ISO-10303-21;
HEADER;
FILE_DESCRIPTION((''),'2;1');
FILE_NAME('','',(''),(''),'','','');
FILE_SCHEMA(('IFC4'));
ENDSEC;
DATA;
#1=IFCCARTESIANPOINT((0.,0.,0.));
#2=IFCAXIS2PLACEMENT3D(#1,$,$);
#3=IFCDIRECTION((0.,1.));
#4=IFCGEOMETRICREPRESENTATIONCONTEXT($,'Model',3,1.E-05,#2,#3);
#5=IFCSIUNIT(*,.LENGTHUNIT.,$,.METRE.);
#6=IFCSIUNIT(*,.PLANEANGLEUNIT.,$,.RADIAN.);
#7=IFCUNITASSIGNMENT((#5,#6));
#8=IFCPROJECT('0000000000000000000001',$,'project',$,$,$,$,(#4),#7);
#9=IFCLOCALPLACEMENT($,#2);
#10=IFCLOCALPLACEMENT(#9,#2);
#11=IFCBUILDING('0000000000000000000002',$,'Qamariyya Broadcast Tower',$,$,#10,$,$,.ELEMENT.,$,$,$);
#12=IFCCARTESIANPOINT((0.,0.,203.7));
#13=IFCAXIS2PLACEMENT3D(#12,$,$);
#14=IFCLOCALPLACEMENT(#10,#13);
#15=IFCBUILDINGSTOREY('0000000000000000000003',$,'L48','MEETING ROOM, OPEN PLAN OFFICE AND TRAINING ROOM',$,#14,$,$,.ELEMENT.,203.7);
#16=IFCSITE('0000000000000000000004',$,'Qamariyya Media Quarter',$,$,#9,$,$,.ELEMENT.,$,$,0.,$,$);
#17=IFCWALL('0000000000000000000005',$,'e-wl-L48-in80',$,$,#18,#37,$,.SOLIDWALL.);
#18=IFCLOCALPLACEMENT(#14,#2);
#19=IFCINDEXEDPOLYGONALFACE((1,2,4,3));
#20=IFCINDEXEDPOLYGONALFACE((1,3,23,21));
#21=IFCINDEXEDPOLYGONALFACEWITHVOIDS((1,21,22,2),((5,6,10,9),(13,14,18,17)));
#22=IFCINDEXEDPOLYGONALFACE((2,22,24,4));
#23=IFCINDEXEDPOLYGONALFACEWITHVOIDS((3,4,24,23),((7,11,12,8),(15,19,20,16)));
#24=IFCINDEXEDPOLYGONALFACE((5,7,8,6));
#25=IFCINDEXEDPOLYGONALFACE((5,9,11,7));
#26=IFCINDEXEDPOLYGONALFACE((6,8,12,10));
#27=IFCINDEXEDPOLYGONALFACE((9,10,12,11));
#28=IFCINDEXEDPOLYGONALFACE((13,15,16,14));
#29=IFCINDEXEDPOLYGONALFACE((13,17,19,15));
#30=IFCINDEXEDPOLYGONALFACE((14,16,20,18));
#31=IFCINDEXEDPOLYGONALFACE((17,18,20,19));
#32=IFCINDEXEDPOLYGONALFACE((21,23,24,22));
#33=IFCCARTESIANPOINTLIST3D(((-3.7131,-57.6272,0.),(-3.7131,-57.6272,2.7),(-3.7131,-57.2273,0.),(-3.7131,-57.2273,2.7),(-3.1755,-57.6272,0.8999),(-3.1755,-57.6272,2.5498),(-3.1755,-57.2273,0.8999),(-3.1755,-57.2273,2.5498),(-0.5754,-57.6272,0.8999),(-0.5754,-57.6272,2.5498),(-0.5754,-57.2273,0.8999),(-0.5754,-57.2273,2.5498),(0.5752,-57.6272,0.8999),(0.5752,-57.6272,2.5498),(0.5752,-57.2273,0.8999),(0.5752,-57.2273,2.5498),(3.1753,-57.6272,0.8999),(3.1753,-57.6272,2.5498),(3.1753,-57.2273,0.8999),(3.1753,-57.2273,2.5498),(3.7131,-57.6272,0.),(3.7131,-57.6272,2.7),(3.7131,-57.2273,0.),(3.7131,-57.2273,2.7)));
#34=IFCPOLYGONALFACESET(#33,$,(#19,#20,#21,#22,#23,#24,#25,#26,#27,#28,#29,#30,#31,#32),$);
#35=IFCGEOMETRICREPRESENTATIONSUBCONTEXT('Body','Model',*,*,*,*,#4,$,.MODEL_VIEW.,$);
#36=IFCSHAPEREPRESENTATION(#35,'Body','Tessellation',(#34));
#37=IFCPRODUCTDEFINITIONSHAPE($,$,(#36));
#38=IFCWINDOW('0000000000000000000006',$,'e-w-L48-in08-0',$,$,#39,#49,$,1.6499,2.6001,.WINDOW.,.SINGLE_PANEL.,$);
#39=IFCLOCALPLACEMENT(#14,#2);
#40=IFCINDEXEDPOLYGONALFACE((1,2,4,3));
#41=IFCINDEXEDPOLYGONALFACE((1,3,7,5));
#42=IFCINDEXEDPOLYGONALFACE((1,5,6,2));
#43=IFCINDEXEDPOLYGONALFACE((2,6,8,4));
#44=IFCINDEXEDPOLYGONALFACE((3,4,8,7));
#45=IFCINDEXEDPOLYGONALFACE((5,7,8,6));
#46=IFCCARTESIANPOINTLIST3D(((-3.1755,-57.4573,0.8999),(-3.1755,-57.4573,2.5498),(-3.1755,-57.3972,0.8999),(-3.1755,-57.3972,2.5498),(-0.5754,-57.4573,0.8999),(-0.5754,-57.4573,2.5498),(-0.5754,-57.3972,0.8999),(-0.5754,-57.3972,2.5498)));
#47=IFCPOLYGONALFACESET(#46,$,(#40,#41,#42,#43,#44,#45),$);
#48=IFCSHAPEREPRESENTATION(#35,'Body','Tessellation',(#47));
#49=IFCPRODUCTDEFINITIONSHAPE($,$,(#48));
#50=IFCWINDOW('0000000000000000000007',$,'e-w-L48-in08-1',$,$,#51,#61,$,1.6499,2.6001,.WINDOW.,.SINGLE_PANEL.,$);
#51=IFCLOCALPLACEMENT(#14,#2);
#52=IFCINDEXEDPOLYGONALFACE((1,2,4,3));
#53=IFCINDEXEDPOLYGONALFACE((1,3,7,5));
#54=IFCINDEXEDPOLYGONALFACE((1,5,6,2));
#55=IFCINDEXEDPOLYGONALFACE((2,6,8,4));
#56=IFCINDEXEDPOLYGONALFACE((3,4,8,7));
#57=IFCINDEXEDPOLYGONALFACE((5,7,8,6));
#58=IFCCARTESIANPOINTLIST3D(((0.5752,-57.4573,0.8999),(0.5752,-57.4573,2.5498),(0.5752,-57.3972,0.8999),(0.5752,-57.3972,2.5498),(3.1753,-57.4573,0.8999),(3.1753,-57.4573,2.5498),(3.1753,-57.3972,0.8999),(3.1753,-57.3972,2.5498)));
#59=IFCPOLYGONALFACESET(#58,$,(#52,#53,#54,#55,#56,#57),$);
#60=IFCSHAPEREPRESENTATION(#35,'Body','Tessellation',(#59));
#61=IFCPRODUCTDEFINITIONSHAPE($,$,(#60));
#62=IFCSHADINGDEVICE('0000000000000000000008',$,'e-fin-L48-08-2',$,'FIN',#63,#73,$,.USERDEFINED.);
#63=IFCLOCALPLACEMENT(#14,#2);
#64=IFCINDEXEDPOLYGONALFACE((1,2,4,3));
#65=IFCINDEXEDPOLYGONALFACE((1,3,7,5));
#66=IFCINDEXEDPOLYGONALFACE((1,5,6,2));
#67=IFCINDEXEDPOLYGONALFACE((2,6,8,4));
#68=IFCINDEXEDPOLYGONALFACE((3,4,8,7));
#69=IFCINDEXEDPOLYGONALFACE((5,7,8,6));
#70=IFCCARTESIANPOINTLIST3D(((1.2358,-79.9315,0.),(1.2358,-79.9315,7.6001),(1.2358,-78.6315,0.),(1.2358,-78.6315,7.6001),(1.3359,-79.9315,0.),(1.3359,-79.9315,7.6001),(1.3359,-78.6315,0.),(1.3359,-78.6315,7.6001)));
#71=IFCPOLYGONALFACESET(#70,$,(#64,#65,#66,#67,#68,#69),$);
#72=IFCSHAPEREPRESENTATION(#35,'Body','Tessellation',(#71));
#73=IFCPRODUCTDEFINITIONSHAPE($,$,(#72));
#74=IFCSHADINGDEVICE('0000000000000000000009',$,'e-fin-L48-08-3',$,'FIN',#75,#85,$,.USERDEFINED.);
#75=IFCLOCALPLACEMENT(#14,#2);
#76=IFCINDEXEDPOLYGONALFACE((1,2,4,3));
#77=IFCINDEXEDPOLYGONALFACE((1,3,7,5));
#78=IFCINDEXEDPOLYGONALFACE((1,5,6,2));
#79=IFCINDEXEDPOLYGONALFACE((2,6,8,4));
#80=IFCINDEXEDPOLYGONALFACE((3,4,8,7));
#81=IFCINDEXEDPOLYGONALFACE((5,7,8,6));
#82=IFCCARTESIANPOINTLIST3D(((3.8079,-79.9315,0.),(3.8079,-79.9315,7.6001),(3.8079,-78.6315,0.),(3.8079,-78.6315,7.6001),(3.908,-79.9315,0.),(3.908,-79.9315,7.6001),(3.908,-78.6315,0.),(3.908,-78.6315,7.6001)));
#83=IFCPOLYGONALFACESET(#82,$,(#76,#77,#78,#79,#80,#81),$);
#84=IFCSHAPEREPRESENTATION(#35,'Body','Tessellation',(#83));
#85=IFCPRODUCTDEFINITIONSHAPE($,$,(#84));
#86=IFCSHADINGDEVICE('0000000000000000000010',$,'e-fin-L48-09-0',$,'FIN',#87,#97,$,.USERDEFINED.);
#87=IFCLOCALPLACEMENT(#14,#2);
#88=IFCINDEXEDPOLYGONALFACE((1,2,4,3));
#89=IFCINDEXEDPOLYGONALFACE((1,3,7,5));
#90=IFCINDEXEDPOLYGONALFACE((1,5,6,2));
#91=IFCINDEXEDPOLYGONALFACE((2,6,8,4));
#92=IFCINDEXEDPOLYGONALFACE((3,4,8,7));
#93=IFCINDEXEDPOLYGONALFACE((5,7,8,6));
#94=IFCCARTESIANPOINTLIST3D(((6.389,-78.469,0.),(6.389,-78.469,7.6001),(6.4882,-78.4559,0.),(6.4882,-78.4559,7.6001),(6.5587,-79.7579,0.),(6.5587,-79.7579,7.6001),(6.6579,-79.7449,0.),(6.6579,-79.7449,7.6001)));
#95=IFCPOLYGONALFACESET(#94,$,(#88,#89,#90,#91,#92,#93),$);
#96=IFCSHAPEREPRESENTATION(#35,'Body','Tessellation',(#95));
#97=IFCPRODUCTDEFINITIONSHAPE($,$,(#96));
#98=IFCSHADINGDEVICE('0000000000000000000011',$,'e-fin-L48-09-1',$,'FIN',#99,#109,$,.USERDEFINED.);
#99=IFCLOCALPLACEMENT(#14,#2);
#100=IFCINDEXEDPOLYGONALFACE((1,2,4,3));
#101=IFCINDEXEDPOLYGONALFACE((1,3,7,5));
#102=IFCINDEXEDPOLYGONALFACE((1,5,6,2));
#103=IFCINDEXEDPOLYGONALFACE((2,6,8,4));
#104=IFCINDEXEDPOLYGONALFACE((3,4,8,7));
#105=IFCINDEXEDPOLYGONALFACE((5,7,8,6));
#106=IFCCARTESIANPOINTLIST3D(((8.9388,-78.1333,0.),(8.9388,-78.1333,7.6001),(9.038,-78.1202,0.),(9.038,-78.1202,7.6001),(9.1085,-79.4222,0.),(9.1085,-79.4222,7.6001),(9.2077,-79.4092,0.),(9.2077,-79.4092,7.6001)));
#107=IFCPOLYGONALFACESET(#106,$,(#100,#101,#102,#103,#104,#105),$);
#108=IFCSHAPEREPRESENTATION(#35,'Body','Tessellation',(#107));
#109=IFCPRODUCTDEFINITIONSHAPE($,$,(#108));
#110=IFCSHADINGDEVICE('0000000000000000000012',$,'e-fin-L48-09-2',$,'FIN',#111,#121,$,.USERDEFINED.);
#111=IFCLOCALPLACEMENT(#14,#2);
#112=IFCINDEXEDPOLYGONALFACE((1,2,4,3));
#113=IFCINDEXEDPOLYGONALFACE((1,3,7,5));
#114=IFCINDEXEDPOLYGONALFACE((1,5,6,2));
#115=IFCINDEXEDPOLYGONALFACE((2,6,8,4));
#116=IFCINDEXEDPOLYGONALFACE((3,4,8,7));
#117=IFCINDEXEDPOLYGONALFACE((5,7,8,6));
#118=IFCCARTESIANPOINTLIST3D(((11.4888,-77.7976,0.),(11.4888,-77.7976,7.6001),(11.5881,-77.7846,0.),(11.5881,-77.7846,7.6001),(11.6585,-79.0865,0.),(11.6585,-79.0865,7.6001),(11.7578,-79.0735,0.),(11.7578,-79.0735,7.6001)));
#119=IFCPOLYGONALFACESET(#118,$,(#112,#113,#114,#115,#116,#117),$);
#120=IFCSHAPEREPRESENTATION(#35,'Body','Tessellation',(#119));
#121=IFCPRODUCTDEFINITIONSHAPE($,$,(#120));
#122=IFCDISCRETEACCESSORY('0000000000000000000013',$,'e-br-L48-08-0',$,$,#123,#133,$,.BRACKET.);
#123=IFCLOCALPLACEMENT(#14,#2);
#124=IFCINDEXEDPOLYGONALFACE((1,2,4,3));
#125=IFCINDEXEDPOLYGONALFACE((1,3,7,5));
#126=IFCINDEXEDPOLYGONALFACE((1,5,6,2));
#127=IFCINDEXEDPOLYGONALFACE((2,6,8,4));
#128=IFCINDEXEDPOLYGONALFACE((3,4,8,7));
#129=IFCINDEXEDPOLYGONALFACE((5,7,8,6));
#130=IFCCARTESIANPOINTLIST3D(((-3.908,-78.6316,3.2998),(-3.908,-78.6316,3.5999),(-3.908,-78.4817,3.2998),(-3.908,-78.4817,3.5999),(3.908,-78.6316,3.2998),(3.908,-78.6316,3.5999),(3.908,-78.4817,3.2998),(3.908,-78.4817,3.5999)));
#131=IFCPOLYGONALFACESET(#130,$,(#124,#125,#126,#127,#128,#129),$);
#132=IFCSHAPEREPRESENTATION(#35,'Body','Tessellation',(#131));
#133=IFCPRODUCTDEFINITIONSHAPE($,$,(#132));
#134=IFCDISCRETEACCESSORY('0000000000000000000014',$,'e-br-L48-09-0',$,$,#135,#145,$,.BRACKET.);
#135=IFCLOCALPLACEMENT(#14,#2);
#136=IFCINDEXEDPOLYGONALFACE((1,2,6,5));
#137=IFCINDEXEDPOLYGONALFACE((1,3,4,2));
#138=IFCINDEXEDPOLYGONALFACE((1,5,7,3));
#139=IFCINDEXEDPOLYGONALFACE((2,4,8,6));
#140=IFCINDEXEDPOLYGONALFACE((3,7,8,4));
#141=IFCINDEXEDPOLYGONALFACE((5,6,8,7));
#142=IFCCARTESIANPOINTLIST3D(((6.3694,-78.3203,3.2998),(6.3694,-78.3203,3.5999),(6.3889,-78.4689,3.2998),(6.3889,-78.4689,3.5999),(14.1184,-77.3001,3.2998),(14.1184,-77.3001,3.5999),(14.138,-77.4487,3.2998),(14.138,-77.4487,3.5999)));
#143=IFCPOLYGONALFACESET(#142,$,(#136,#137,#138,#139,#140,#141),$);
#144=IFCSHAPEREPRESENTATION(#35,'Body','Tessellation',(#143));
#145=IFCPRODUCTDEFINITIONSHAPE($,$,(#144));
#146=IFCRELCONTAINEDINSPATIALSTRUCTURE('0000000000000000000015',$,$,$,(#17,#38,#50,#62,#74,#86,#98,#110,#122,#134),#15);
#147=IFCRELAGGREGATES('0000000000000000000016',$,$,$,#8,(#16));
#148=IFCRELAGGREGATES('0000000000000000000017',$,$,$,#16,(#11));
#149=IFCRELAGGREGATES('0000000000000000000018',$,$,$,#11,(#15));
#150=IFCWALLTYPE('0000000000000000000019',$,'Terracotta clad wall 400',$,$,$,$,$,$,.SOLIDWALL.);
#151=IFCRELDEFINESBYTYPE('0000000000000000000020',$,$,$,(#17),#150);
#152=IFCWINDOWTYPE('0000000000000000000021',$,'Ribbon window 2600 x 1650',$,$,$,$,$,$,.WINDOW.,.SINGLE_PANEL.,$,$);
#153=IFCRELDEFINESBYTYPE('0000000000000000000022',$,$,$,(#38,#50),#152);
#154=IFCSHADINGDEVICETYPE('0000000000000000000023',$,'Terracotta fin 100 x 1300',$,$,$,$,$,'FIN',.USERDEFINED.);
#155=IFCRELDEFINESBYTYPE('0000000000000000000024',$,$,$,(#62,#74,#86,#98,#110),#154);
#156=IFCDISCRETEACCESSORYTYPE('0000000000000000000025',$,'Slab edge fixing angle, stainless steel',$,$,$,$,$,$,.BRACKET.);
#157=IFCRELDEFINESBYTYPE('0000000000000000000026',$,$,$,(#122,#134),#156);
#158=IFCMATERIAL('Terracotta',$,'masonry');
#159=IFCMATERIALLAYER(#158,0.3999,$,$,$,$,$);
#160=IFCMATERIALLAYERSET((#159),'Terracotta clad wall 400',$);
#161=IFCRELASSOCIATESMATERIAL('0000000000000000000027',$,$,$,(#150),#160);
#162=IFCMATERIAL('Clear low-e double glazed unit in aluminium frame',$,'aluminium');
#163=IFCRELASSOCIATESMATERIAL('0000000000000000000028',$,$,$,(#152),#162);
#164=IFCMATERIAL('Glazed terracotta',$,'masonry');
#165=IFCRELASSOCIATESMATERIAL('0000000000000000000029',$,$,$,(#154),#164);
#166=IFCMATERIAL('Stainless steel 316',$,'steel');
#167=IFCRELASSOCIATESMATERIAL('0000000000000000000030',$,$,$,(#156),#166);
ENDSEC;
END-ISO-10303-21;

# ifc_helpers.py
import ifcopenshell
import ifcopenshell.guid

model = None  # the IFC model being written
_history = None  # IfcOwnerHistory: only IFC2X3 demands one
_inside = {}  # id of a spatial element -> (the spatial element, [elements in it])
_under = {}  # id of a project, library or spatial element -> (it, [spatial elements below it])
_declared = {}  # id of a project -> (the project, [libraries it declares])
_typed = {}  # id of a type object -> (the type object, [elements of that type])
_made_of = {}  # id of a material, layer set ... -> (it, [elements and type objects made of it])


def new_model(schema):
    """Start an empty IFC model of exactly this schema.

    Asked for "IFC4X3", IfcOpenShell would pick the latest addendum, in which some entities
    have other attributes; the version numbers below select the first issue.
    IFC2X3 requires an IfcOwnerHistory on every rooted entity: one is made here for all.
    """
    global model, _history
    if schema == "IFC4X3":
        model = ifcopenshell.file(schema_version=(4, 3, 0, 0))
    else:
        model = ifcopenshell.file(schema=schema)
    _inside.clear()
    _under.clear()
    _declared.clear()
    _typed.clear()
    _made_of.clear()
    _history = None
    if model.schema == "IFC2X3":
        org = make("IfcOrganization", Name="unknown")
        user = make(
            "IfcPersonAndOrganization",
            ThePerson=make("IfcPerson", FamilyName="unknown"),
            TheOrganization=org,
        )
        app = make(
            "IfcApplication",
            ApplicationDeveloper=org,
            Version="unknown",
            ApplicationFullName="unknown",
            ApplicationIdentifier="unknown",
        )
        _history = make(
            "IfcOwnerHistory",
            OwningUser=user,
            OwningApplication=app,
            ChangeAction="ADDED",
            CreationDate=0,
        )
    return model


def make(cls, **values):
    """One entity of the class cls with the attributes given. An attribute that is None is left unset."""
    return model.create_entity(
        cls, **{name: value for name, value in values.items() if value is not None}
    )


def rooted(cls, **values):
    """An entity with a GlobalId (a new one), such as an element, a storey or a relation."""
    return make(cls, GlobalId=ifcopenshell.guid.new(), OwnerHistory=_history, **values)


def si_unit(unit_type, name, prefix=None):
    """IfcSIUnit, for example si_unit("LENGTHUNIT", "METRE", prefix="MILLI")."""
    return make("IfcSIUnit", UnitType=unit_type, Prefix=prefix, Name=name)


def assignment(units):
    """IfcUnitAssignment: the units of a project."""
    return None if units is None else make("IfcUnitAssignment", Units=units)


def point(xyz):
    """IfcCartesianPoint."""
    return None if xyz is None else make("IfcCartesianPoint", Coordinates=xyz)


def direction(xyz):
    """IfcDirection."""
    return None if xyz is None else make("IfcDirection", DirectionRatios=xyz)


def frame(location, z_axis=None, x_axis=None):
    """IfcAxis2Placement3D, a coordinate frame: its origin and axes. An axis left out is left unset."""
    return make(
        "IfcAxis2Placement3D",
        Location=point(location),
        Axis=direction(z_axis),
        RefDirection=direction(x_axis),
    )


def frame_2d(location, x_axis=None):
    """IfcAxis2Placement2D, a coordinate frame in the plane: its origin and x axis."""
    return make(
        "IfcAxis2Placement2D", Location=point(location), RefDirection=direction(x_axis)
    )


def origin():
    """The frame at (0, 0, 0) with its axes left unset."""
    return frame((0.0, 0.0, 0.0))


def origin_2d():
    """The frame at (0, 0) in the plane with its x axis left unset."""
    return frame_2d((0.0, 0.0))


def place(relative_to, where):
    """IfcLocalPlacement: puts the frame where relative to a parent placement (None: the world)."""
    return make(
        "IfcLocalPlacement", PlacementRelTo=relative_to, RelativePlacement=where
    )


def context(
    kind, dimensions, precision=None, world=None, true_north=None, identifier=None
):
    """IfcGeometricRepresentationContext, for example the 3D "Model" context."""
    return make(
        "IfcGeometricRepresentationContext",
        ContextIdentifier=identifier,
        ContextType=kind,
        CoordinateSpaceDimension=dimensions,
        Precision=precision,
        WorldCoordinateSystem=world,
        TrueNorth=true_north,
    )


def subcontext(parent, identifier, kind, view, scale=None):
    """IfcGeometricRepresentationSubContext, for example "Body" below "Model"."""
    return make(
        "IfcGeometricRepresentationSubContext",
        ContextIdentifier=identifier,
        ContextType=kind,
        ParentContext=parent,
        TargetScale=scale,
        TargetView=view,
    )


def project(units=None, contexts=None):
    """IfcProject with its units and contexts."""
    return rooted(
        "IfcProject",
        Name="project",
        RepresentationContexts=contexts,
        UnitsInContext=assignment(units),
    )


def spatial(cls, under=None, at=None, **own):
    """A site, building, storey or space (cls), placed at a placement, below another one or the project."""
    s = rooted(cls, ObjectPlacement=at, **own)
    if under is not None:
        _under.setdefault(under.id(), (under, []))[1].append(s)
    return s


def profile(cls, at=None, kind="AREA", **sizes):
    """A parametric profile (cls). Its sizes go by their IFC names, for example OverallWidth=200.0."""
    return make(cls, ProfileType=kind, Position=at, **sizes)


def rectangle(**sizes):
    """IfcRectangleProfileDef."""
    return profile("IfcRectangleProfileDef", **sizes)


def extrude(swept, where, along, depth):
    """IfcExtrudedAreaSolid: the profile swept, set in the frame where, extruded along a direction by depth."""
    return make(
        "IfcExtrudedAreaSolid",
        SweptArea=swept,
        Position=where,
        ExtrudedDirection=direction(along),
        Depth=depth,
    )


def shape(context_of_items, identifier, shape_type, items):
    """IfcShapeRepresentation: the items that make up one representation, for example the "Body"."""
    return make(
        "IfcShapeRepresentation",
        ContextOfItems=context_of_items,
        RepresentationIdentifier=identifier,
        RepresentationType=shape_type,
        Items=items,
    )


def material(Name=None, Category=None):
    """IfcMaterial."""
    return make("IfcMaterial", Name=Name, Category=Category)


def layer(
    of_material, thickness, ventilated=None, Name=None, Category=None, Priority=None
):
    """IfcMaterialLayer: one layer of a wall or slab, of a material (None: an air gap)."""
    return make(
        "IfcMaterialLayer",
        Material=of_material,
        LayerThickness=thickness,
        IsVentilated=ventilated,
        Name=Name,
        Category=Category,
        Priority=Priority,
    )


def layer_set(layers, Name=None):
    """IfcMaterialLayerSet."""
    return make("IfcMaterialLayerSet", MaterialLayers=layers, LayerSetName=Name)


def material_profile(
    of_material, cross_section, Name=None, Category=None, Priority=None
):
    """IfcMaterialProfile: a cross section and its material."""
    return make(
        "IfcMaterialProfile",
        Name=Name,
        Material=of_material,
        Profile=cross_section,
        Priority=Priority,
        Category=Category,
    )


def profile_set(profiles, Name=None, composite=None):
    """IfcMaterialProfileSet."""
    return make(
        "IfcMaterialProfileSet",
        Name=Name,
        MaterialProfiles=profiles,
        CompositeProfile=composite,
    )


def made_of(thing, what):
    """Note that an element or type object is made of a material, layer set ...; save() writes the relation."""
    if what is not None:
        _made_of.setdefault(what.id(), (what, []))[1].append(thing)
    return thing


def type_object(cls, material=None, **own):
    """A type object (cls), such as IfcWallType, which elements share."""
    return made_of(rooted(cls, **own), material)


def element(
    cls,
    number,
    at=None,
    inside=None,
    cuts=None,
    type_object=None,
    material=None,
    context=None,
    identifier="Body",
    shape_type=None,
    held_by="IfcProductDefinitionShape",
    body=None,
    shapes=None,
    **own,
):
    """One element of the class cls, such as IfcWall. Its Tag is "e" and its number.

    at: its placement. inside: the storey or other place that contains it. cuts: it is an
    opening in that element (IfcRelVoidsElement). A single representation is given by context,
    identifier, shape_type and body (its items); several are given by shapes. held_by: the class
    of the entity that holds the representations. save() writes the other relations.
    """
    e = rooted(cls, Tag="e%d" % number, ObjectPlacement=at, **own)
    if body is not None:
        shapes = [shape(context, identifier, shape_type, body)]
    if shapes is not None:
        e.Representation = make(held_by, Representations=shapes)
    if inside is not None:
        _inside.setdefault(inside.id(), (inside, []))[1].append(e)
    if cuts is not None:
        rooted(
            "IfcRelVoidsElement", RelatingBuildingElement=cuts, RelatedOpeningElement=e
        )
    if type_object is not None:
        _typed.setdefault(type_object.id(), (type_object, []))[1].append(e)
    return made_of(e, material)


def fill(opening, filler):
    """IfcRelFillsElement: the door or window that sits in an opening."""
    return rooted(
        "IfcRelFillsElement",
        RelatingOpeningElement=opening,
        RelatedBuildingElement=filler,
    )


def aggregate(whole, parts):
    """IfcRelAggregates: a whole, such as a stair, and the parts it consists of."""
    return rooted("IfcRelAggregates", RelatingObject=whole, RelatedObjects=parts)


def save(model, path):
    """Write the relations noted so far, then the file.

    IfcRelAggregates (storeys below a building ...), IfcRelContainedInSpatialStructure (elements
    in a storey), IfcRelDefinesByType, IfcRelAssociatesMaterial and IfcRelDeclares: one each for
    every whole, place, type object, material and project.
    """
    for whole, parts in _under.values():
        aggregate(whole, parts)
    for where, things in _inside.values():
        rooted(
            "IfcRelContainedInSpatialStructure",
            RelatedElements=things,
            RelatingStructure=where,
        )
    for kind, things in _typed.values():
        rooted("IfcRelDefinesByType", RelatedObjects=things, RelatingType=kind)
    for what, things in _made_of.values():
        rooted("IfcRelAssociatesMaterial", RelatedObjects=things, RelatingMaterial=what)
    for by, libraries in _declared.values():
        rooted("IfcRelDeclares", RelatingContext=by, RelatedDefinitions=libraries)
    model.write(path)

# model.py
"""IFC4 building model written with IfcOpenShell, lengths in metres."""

from ifc_helpers import new_model, si_unit, direction, frame, frame_2d, origin, origin_2d, place, context, subcontext, project, spatial, rectangle, extrude, material, layer, layer_set, material_profile, profile_set, type_object, element, fill, save


model = new_model("IFC4")

# Units and contexts
model_context = context("Model", 3, precision=1e-05, world=origin(), true_north=direction((0.0, 1.0)))
body_context = subcontext(model_context, "Body", "Model", "MODEL_VIEW")
ifc_project = project(units=[si_unit("LENGTHUNIT", "METRE"), si_unit("PLANEANGLEUNIT", "RADIAN")], contexts=[model_context])

# Site, building, storey
site_placement = place(None, origin())
site = spatial("IfcSite", under=ifc_project, at=site_placement, Name="Qamariyya Media Quarter", CompositionType="ELEMENT", RefElevation=0.0)
building_placement = place(site_placement, origin())
building = spatial("IfcBuilding", under=site, at=building_placement, Name="Qamariyya Broadcast Tower", CompositionType="ELEMENT")
storey_placement = place(building_placement, frame((0.0, 0.0, 203.7)))
storey = spatial("IfcBuildingStorey", under=building, at=storey_placement, Name="L48", Description="MEETING ROOM, OPEN PLAN OFFICE AND TRAINING ROOM", CompositionType="ELEMENT", Elevation=203.7)

# Wall, openings, windows
ifc_material_1 = material(Name="Terracotta", Category="masonry")
ifc_layer_1 = layer(ifc_material_1, 0.3999)
ifc_layer_set_1 = layer_set([ifc_layer_1], Name="Terracotta clad wall 400")
wall_type_1 = type_object("IfcWallType", Name="Terracotta clad wall 400", PredefinedType="SOLIDWALL", material=ifc_layer_set_1)
wall_1_placement = place(storey_placement, frame((3.7131, -57.4272, 0.0), z_axis=(0.0, 0.0, 1.0), x_axis=(-1.0, 0.0, 0.0)))
wall_1 = element("IfcWall", 1, at=wall_1_placement, inside=storey, type_object=wall_type_1, Name="e-wl-L48-in80", PredefinedType="SOLIDWALL", context=body_context, shape_type="SweptSolid", body=[
    extrude(rectangle(XDim=7.4263, YDim=0.3999, at=frame_2d((3.7131, 0.0))), origin(), (0.0, 0.0, 1.0), 2.7),
])
opening_1_placement = place(wall_1_placement, frame((4.2886, 0.0, 0.8999)))
opening_1 = element("IfcOpeningElement", 2, at=opening_1_placement, cuts=wall_1, PredefinedType="OPENING", context=body_context, shape_type="SweptSolid", body=[
    extrude(rectangle(XDim=2.6001, YDim=1.6499, at=frame_2d((1.3, 0.825))), frame((0.0, 0.21, 0.0), z_axis=(0.0, -1.0, 0.0), x_axis=(1.0, 0.0, 0.0)), (0.0, 0.0, 1.0), 0.4199),
])
opening_2_placement = place(wall_1_placement, frame((0.5378, 0.0, 0.8999)))
opening_2 = element("IfcOpeningElement", 3, at=opening_2_placement, cuts=wall_1, PredefinedType="OPENING", context=body_context, shape_type="SweptSolid", body=[
    extrude(rectangle(XDim=2.6001, YDim=1.6499, at=frame_2d((1.3, 0.825))), frame((0.0, 0.21, 0.0), z_axis=(0.0, -1.0, 0.0), x_axis=(1.0, 0.0, 0.0)), (0.0, 0.0, 1.0), 0.4199),
])
ifc_material_2 = material(Name="Clear low-e double glazed unit in aluminium frame", Category="aluminium")
window_type = type_object("IfcWindowType", Name="Ribbon window 2600 x 1650", PartitioningType="SINGLE_PANEL", PredefinedType="WINDOW", material=ifc_material_2)
window_1_placement = place(opening_1_placement, origin())
window_1 = element("IfcWindow", 4, at=window_1_placement, inside=storey, type_object=window_type, Name="e-w-L48-in08-0", OverallHeight=1.6499, OverallWidth=2.6001, PartitioningType="SINGLE_PANEL", PredefinedType="WINDOW", context=body_context, shape_type="SweptSolid", body=[
    extrude(rectangle(XDim=2.6001, YDim=1.6499, at=frame_2d((1.3, 0.825))), frame((0.0, 0.03, 0.0), z_axis=(0.0, -1.0, 0.0), x_axis=(1.0, 0.0, 0.0)), (0.0, 0.0, 1.0), 0.0601),
])
fill(opening_1, window_1)
window_2_placement = place(opening_2_placement, origin())
window_2 = element("IfcWindow", 5, at=window_2_placement, inside=storey, type_object=window_type, Name="e-w-L48-in08-1", OverallHeight=1.6499, OverallWidth=2.6001, PartitioningType="SINGLE_PANEL", PredefinedType="WINDOW", context=body_context, shape_type="SweptSolid", body=[
    extrude(rectangle(XDim=2.6001, YDim=1.6499, at=frame_2d((1.3, 0.825))), frame((0.0, 0.03, 0.0), z_axis=(0.0, -1.0, 0.0), x_axis=(1.0, 0.0, 0.0)), (0.0, 0.0, 1.0), 0.0601),
])
fill(opening_2, window_2)

# Shading devices
ifc_material_3 = material(Name="Glazed terracotta", Category="masonry")
ifc_material_profile_1 = material_profile(ifc_material_3, rectangle(XDim=1.3, YDim=0.1001, at=origin_2d()))
ifc_profile_set_1 = profile_set([ifc_material_profile_1], Name="Glazed terracotta")
shading_device_type_1 = type_object("IfcShadingDeviceType", Name="Terracotta fin 100 x 1300", ElementType="FIN", PredefinedType="USERDEFINED", material=ifc_profile_set_1)
for number, where, z_axis, x_axis, name in (
    (6, (1.2859, -79.2815, 0.0), (0.0, 0.0, 1.0), (0.0, -1.0, 0.0), "e-fin-L48-08-2"),
    (7, (3.8579, -79.2815, 0.0), (0.0, 0.0, 1.0), (0.0, -1.0, 0.0), "e-fin-L48-08-3"),
    (8, (6.5234, -79.1069, 0.0), (0.0, 0.0, 1.0), (0.130526, -0.991445, 0.0), "e-fin-L48-09-0"),
    (9, (9.0732, -78.7712, 0.0), (0.0, 0.0, 1.0), (0.130526, -0.991445, 0.0), "e-fin-L48-09-1"),
    (10, (11.6233, -78.4355, 0.0), (0.0, 0.0, 1.0), (0.130526, -0.991445, 0.0), "e-fin-L48-09-2"),
):
    element("IfcShadingDevice", number, at=place(storey_placement, frame(where, z_axis=z_axis, x_axis=x_axis)), inside=storey, type_object=shading_device_type_1, Name=name, ObjectType="FIN", PredefinedType="USERDEFINED", context=body_context, shape_type="SweptSolid", body=[
        extrude(rectangle(XDim=1.3, YDim=0.1001, at=origin_2d()), origin(), (0.0, 0.0, 1.0), 7.6001),
    ])

# Discrete accessories
ifc_material_4 = material(Name="Stainless steel 316", Category="steel")
discrete_accessory_type = type_object("IfcDiscreteAccessoryType", Name="Slab edge fixing angle, stainless steel", PredefinedType="BRACKET", material=ifc_material_4)
for number, where, z_axis, x_axis, name in (
    (11, (0.0, -78.5566, 3.2998), (0.0, 0.0, 1.0), (1.0, 0.0, 0.0), "e-br-L48-08-0"),
    (12, (10.2537, -77.8845, 3.2998), (0.0, 0.0, 1.0), (0.991445, 0.130526, 0.0), "e-br-L48-09-0"),
):
    element("IfcDiscreteAccessory", number, at=place(storey_placement, frame(where, z_axis=z_axis, x_axis=x_axis)), inside=storey, type_object=discrete_accessory_type, Name=name, PredefinedType="BRACKET", context=body_context, shape_type="SweptSolid", body=[
        extrude(rectangle(XDim=7.8159, YDim=0.1499, at=origin_2d()), origin(), (0.0, 0.0, 1.0), 0.3),
    ])

save(model, "model.ifc")
